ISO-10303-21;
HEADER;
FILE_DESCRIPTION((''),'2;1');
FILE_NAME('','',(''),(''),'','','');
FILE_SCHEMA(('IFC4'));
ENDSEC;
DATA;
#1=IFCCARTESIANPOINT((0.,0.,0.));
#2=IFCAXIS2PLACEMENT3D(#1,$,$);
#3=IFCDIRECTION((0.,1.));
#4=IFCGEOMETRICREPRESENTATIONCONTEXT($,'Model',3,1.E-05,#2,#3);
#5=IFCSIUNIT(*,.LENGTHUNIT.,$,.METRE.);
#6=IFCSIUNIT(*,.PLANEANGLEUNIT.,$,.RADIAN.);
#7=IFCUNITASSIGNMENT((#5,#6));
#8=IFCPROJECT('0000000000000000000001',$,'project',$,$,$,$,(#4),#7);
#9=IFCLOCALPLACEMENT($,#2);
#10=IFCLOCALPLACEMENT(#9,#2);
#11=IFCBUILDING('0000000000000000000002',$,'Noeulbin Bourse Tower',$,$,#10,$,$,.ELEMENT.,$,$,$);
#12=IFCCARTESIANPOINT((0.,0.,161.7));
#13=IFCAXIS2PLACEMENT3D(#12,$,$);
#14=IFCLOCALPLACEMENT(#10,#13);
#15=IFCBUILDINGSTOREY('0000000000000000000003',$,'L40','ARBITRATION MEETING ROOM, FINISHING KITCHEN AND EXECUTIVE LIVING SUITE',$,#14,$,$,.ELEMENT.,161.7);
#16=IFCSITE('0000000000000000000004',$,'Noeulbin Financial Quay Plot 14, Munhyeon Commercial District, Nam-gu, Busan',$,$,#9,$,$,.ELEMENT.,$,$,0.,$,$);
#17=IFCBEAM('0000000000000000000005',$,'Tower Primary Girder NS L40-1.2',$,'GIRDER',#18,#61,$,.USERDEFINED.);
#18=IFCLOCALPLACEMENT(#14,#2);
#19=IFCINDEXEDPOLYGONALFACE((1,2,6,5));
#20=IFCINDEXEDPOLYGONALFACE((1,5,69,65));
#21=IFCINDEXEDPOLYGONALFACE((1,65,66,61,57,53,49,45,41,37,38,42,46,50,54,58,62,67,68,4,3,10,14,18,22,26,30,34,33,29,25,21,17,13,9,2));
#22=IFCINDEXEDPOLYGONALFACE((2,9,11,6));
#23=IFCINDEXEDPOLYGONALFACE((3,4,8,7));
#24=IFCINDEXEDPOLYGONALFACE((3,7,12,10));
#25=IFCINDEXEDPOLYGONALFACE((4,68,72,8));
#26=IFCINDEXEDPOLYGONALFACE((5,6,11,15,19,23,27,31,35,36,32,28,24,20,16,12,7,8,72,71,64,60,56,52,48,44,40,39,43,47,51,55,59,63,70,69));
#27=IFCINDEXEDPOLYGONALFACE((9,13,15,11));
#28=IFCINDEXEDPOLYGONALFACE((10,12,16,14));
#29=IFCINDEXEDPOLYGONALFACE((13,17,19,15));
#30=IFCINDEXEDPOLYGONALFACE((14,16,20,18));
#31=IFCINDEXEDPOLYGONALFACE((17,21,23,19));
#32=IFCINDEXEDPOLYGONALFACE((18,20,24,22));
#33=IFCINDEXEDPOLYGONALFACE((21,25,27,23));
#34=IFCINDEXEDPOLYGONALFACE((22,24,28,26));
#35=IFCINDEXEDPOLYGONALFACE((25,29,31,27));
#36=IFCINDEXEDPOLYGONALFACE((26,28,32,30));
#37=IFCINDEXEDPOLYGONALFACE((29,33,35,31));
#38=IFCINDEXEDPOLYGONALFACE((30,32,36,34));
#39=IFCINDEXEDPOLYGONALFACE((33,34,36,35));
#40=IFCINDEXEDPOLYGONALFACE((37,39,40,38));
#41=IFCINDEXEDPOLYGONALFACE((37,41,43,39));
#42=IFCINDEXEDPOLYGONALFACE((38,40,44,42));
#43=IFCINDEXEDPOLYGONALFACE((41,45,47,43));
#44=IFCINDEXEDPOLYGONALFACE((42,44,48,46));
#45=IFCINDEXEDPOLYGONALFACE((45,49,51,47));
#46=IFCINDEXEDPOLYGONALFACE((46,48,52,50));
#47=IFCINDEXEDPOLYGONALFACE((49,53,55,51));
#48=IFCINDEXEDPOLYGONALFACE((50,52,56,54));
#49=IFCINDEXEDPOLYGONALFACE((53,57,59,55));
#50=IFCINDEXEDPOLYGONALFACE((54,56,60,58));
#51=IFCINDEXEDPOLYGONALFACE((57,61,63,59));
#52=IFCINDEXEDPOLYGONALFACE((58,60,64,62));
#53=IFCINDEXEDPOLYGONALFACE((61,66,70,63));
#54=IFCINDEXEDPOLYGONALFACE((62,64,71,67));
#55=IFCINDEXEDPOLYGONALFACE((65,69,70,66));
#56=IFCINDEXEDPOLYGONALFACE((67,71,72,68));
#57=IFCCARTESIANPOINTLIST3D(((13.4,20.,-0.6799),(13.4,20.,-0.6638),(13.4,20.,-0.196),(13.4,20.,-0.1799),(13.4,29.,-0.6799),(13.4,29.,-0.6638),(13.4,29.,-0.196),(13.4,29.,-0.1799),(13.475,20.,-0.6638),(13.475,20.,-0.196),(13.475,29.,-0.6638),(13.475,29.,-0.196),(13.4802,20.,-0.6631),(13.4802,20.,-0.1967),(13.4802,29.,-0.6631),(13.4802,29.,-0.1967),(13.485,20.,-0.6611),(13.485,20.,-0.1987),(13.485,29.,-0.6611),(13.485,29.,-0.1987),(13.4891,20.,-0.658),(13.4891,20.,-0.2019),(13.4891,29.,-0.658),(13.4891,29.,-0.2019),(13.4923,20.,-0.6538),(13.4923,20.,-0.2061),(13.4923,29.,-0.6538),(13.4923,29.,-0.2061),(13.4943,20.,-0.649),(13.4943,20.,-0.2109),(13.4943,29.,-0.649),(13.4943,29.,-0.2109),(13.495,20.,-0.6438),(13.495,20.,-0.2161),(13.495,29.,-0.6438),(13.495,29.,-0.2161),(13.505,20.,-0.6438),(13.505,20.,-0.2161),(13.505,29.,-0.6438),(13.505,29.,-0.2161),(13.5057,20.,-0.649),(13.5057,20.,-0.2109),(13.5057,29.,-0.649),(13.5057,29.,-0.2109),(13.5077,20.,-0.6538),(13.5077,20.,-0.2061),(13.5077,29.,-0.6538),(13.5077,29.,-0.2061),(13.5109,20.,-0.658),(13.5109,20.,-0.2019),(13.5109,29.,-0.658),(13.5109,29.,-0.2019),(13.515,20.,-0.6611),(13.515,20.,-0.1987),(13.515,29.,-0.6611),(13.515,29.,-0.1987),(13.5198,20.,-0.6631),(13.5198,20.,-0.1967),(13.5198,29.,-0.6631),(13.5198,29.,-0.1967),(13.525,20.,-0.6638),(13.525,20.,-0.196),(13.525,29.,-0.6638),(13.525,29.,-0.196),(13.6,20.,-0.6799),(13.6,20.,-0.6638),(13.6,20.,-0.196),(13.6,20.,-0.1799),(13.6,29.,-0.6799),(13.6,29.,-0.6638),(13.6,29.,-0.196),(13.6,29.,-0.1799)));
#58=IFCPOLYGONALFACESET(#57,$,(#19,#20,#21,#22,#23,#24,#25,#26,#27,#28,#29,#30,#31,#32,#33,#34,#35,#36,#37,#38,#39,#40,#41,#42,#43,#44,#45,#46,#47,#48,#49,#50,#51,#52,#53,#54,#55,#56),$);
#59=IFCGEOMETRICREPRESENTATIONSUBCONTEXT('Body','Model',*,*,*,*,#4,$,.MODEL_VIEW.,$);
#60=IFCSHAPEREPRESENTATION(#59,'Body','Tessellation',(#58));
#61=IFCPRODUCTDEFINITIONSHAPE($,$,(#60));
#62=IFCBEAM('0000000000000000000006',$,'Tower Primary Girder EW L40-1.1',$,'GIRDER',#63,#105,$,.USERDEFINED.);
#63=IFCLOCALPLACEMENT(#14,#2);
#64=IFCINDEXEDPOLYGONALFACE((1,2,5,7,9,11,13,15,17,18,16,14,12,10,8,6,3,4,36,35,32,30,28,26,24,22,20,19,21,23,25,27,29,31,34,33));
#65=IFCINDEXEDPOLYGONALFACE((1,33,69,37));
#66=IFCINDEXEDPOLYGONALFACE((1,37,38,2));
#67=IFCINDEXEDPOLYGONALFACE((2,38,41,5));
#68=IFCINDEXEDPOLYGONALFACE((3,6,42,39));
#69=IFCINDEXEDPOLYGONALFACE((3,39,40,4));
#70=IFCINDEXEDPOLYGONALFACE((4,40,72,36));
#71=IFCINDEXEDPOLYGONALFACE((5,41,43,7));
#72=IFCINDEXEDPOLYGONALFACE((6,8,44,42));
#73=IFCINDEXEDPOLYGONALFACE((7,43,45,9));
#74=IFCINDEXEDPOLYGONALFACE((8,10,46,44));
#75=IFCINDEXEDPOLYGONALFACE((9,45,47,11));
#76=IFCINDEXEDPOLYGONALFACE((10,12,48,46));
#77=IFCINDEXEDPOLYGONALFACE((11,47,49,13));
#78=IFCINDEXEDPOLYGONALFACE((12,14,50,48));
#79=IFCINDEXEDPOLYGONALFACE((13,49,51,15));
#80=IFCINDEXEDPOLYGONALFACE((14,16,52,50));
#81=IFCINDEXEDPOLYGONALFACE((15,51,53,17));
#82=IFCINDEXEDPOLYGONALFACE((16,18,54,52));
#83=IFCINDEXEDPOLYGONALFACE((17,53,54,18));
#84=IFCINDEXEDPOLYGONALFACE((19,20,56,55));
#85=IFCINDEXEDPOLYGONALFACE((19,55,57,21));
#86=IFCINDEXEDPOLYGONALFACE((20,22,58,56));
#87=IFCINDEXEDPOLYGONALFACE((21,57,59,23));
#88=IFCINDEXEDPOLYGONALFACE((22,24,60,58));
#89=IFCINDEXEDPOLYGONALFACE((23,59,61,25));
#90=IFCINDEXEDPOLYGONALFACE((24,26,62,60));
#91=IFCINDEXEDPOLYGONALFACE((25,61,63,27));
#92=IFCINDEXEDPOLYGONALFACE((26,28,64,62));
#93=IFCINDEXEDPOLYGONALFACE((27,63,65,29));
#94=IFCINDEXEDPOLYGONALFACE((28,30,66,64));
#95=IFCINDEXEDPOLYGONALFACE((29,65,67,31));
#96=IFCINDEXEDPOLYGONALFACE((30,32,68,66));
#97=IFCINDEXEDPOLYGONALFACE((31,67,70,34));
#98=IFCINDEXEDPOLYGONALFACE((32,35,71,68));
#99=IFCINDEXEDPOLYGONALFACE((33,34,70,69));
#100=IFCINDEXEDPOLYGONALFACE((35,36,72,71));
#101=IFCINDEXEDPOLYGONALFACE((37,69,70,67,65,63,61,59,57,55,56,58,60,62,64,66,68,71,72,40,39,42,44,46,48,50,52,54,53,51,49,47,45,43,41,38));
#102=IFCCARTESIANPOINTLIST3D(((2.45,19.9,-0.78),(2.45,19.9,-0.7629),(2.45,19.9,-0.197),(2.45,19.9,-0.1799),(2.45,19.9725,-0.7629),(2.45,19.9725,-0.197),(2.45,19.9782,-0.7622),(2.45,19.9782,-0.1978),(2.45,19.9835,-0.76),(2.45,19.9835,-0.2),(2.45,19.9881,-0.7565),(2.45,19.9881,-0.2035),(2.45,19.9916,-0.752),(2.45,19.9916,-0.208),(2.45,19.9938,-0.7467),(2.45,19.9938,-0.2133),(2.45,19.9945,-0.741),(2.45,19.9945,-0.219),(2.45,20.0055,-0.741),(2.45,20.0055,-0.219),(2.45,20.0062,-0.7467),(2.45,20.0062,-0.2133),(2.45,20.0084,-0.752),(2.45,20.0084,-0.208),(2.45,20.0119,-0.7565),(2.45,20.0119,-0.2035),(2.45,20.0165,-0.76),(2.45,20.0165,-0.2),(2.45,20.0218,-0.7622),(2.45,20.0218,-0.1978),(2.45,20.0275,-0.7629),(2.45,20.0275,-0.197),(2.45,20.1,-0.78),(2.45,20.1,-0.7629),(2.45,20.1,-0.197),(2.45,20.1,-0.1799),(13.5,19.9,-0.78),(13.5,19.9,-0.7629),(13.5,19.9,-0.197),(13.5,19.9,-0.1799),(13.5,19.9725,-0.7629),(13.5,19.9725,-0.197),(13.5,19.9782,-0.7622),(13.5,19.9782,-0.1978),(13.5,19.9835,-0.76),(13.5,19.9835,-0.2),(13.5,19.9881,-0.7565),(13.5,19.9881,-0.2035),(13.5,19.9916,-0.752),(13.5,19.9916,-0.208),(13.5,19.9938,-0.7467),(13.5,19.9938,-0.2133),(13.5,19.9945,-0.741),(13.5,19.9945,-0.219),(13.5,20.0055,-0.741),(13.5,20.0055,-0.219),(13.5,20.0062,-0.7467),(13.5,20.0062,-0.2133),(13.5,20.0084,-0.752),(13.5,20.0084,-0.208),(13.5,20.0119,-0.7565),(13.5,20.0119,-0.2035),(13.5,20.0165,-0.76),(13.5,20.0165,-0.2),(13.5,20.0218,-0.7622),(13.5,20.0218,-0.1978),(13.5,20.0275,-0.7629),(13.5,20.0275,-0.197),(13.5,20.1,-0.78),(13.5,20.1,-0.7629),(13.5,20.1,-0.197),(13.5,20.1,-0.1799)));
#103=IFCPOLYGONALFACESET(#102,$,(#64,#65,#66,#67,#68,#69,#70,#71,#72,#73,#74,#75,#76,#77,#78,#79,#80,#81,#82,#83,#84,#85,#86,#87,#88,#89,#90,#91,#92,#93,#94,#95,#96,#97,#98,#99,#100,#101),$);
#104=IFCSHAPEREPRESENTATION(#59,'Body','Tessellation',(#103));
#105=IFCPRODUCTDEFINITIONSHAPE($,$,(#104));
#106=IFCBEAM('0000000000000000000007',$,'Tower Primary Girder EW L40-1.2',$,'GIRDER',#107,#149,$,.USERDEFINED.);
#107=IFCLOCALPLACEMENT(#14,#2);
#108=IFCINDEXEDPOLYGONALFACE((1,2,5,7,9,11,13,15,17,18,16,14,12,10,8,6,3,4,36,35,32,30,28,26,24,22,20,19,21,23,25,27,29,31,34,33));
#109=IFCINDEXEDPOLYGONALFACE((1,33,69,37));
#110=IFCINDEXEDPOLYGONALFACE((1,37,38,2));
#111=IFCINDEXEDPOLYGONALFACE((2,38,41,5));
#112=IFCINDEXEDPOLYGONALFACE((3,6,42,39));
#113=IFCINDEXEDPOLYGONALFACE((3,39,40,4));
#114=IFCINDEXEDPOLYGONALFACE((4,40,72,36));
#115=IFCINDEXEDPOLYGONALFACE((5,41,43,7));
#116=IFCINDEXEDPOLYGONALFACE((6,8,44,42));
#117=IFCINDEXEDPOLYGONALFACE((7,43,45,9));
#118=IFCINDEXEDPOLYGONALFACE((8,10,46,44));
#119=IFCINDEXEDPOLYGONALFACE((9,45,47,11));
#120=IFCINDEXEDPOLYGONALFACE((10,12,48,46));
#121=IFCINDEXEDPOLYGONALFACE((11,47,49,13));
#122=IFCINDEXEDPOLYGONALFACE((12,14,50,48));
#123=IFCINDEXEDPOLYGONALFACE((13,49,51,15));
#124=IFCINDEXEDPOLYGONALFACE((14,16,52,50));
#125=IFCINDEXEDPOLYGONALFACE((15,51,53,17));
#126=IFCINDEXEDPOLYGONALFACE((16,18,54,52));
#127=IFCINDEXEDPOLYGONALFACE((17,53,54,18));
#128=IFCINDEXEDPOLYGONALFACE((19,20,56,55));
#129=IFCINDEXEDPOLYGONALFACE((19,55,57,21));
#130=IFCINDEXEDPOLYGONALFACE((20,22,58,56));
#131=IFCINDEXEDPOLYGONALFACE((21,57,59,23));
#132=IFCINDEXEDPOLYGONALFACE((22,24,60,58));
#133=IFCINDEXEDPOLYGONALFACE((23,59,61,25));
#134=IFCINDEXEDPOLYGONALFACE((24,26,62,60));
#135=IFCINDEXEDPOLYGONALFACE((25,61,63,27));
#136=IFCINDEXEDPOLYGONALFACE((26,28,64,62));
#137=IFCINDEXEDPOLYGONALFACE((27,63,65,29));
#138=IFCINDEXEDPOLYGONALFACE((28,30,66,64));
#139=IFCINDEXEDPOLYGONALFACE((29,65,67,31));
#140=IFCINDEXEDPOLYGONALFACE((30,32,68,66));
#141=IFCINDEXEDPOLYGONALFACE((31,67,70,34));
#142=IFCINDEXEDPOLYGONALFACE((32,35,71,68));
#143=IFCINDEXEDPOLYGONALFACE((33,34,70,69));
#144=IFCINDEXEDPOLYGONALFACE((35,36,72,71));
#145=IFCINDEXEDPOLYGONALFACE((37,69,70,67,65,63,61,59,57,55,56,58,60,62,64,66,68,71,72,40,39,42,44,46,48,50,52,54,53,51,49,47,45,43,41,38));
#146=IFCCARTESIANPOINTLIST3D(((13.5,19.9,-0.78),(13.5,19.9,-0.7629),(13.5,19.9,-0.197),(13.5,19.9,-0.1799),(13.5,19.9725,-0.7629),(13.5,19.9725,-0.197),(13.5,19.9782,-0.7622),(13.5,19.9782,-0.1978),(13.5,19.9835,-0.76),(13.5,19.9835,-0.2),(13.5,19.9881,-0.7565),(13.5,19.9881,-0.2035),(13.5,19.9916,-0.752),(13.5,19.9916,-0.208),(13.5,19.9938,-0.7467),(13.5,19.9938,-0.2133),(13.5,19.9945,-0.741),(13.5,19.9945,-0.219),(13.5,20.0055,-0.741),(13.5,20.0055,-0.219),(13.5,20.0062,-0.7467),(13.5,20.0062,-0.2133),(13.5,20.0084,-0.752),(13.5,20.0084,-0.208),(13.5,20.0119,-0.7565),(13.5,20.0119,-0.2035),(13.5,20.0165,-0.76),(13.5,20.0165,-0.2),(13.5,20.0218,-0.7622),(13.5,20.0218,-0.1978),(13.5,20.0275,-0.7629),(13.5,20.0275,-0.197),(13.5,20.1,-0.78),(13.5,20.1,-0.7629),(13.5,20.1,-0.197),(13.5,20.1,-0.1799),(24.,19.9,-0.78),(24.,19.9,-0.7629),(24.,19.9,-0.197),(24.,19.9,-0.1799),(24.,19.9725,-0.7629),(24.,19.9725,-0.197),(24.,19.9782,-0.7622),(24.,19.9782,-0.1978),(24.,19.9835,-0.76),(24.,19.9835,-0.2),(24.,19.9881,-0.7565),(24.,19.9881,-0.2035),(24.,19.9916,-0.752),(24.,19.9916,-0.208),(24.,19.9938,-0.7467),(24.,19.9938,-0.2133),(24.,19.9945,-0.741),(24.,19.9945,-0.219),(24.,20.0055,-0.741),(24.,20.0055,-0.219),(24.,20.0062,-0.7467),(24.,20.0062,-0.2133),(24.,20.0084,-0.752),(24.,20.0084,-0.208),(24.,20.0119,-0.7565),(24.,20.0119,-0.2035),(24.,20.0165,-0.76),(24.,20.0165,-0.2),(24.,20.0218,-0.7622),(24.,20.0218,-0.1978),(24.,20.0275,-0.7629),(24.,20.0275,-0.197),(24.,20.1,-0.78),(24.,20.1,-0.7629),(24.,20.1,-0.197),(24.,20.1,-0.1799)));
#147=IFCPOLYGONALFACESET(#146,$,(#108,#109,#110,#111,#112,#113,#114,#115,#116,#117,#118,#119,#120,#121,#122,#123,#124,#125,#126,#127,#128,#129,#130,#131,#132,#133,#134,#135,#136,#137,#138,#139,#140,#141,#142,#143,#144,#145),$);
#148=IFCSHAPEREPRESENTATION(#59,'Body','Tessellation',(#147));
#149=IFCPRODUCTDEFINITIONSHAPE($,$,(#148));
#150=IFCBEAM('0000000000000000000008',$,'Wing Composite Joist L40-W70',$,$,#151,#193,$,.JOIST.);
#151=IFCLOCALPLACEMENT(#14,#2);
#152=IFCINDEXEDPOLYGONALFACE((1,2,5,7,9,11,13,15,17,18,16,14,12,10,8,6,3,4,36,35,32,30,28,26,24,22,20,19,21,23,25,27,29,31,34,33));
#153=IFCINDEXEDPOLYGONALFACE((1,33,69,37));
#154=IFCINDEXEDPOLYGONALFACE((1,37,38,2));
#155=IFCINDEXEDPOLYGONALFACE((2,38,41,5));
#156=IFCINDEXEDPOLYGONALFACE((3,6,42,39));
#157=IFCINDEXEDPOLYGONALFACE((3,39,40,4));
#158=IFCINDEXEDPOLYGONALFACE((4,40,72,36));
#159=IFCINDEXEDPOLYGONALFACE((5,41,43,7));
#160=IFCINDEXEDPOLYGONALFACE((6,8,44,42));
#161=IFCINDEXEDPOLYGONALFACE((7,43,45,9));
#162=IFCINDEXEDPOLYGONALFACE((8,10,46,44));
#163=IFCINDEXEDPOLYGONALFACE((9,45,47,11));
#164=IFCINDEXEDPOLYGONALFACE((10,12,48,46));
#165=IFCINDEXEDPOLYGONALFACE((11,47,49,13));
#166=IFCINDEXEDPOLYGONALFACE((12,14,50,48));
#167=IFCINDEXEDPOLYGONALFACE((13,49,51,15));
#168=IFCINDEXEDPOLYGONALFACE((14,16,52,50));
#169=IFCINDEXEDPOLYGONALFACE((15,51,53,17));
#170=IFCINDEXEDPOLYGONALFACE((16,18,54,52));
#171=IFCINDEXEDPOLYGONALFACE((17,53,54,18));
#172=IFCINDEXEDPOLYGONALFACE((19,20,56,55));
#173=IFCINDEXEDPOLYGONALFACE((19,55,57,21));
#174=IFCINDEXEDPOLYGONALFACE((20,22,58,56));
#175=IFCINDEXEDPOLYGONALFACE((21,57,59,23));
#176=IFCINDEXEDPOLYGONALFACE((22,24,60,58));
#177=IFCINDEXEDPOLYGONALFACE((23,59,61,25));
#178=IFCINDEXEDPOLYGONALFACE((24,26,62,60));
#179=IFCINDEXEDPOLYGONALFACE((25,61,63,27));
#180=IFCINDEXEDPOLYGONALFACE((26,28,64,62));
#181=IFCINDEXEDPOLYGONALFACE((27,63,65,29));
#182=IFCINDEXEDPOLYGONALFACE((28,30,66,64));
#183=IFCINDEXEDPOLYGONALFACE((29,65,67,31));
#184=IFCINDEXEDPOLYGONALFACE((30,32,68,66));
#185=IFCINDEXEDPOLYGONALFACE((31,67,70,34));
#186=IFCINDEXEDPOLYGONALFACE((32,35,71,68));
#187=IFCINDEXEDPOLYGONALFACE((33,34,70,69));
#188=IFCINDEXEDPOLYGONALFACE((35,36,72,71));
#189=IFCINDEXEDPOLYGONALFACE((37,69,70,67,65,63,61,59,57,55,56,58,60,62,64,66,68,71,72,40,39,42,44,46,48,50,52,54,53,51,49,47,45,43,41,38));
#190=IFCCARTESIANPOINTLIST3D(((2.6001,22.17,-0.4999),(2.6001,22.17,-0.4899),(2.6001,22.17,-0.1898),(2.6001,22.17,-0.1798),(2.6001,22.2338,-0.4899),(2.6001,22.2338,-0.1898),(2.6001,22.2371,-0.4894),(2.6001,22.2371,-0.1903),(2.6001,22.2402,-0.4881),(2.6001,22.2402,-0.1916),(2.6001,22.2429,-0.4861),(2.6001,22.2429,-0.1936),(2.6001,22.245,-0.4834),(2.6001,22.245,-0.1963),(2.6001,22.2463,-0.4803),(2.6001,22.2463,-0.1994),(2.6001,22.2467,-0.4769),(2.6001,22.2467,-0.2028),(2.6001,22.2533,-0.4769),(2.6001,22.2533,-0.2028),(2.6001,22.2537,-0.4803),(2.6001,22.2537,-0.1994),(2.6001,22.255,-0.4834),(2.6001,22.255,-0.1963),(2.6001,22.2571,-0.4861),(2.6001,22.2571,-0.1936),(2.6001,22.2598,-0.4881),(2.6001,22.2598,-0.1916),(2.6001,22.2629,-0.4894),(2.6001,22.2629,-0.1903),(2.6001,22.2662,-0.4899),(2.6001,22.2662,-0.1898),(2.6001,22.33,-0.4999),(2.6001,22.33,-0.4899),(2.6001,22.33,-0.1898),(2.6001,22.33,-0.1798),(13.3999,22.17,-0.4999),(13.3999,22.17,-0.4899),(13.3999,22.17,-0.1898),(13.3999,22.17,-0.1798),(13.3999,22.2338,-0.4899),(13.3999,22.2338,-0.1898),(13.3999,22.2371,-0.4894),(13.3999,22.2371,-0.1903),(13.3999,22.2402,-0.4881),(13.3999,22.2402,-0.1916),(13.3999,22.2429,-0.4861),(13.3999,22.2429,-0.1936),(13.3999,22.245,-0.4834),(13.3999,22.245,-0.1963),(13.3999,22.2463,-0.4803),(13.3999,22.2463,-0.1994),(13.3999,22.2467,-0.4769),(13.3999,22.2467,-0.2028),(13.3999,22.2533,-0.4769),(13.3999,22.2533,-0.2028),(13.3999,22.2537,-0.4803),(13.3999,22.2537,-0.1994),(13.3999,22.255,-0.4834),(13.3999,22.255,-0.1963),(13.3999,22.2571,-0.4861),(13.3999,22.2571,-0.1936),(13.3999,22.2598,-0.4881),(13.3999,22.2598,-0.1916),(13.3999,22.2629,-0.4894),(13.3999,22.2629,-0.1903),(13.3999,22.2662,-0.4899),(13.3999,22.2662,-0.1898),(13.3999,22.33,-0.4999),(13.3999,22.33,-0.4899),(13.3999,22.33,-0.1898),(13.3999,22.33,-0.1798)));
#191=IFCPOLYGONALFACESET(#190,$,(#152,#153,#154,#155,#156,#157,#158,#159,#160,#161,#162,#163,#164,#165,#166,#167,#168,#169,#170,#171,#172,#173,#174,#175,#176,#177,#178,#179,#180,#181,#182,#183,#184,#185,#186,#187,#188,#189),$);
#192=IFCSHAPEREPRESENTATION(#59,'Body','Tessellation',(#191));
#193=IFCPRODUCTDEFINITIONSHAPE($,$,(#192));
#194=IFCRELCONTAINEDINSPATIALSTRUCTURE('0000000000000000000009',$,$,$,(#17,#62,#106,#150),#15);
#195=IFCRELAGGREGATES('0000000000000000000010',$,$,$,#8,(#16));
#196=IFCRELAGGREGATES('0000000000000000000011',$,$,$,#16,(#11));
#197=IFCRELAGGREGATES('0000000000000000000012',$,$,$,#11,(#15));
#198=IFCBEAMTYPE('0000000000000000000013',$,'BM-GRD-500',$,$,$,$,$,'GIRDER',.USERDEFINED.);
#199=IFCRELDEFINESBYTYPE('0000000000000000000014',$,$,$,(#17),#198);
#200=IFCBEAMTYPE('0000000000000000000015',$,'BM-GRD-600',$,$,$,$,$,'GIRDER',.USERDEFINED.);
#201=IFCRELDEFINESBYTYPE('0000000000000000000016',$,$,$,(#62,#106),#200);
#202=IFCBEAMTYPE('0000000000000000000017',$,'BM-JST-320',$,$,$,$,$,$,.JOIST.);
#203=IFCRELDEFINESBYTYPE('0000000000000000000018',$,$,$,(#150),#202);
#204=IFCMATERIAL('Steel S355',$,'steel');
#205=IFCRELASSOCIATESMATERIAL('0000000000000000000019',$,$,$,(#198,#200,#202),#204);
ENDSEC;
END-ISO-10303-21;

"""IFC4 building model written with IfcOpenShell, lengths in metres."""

from ifc_helpers import new_model, si_unit, direction, frame, origin, origin_2d, place, context, subcontext, project, spatial, i_section, extrude, material, material_profile, profile_set, type_object, element, save


model = new_model("IFC4")

# Units and contexts
model_context = context("Model", 3, precision=1e-05, world=origin(), true_north=direction((0.0, 1.0)))
body_context = subcontext(model_context, "Body", "Model", "MODEL_VIEW")
ifc_project = project(units=[si_unit("LENGTHUNIT", "METRE"), si_unit("PLANEANGLEUNIT", "RADIAN")], contexts=[model_context])

# Site, building, storey
site_placement = place(None, origin())
site = spatial("IfcSite", under=ifc_project, at=site_placement, Name="Noeulbin Financial Quay Plot 14, Munhyeon Commercial District, Nam-gu, Busan", CompositionType="ELEMENT", RefElevation=0.0)
building_placement = place(site_placement, origin())
building = spatial("IfcBuilding", under=site, at=building_placement, Name="Noeulbin Bourse Tower", CompositionType="ELEMENT")
storey_placement = place(building_placement, frame((0.0, 0.0, 161.7)))
storey = spatial("IfcBuildingStorey", under=building, at=storey_placement, Name="L40", Description="ARBITRATION MEETING ROOM, FINISHING KITCHEN AND EXECUTIVE LIVING SUITE", CompositionType="ELEMENT", Elevation=161.7)

# Shared definitions
ifc_material_1 = material(Name="Steel S355", Category="steel")

# Beams
ifc_material_profile_1 = material_profile(ifc_material_1, i_section(OverallWidth=0.2, OverallDepth=0.5, WebThickness=0.01, FlangeThickness=0.0161, FilletRadius=0.02, at=origin_2d()), Name="H-500x200x10x16", Category="LoadBearing")
ifc_profile_set_1 = profile_set([ifc_material_profile_1], Name="Steel S355")
beam_type_1 = type_object("IfcBeamType", Name="BM-GRD-500", ElementType="GIRDER", PredefinedType="USERDEFINED", material=ifc_profile_set_1)
beam_1_placement = place(storey_placement, frame((13.5, 20.0, -0.4299), z_axis=(0.0, 1.0, 0.0), x_axis=(-1.0, 0.0, 0.0)))
element("IfcBeam", 1, at=beam_1_placement, inside=storey, type_object=beam_type_1, Name="Tower Primary Girder NS L40-1.2", ObjectType="GIRDER", PredefinedType="USERDEFINED", context=body_context, shape_type="SweptSolid", body=[
    extrude(i_section(OverallWidth=0.2, OverallDepth=0.5, WebThickness=0.01, FlangeThickness=0.0161, FilletRadius=0.02, at=origin_2d()), origin(), (0.0, 0.0, 1.0), 9.0),
])
ifc_material_profile_2 = material_profile(ifc_material_1, i_section(OverallWidth=0.2, OverallDepth=0.6001, WebThickness=0.011, FlangeThickness=0.0171, FilletRadius=0.022, at=origin_2d()), Name="H-600x200x11x17", Category="LoadBearing")
ifc_profile_set_2 = profile_set([ifc_material_profile_2], Name="Steel S355")
beam_type_2 = type_object("IfcBeamType", Name="BM-GRD-600", ElementType="GIRDER", PredefinedType="USERDEFINED", material=ifc_profile_set_2)
beam_2_placement = place(storey_placement, frame((2.45, 20.0, -0.48), z_axis=(1.0, 0.0, 0.0), x_axis=(0.0, 1.0, 0.0)))
element("IfcBeam", 2, at=beam_2_placement, inside=storey, type_object=beam_type_2, Name="Tower Primary Girder EW L40-1.1", ObjectType="GIRDER", PredefinedType="USERDEFINED", context=body_context, shape_type="SweptSolid", body=[
    extrude(i_section(OverallWidth=0.2, OverallDepth=0.6001, WebThickness=0.011, FlangeThickness=0.0171, FilletRadius=0.022, at=origin_2d()), origin(), (0.0, 0.0, 1.0), 11.05),
])
beam_3_placement = place(storey_placement, frame((13.5, 20.0, -0.48), z_axis=(1.0, 0.0, 0.0), x_axis=(0.0, 1.0, 0.0)))
element("IfcBeam", 3, at=beam_3_placement, inside=storey, type_object=beam_type_2, Name="Tower Primary Girder EW L40-1.2", ObjectType="GIRDER", PredefinedType="USERDEFINED", context=body_context, shape_type="SweptSolid", body=[
    extrude(i_section(OverallWidth=0.2, OverallDepth=0.6001, WebThickness=0.011, FlangeThickness=0.0171, FilletRadius=0.022, at=origin_2d()), origin(), (0.0, 0.0, 1.0), 10.5),
])
ifc_material_profile_3 = material_profile(ifc_material_1, i_section(OverallWidth=0.1599, OverallDepth=0.3201, WebThickness=0.0066, FlangeThickness=0.01, FilletRadius=0.0129, at=origin_2d()), Name="H-320x160x6.5x10", Category="LoadBearing")
ifc_profile_set_3 = profile_set([ifc_material_profile_3], Name="Steel S355")
beam_type_3 = type_object("IfcBeamType", Name="BM-JST-320", PredefinedType="JOIST", material=ifc_profile_set_3)
beam_4_placement = place(storey_placement, frame((2.6001, 22.25, -0.3398), z_axis=(1.0, 0.0, 0.0), x_axis=(0.0, 1.0, 0.0)))
element("IfcBeam", 4, at=beam_4_placement, inside=storey, type_object=beam_type_3, Name="Wing Composite Joist L40-W70", PredefinedType="JOIST", context=body_context, shape_type="SweptSolid", body=[
    extrude(i_section(OverallWidth=0.1599, OverallDepth=0.3201, WebThickness=0.0066, FlangeThickness=0.01, FilletRadius=0.0129, at=origin_2d()), origin(), (0.0, 0.0, 1.0), 10.7998),
])

save(model, "model.ifc")
